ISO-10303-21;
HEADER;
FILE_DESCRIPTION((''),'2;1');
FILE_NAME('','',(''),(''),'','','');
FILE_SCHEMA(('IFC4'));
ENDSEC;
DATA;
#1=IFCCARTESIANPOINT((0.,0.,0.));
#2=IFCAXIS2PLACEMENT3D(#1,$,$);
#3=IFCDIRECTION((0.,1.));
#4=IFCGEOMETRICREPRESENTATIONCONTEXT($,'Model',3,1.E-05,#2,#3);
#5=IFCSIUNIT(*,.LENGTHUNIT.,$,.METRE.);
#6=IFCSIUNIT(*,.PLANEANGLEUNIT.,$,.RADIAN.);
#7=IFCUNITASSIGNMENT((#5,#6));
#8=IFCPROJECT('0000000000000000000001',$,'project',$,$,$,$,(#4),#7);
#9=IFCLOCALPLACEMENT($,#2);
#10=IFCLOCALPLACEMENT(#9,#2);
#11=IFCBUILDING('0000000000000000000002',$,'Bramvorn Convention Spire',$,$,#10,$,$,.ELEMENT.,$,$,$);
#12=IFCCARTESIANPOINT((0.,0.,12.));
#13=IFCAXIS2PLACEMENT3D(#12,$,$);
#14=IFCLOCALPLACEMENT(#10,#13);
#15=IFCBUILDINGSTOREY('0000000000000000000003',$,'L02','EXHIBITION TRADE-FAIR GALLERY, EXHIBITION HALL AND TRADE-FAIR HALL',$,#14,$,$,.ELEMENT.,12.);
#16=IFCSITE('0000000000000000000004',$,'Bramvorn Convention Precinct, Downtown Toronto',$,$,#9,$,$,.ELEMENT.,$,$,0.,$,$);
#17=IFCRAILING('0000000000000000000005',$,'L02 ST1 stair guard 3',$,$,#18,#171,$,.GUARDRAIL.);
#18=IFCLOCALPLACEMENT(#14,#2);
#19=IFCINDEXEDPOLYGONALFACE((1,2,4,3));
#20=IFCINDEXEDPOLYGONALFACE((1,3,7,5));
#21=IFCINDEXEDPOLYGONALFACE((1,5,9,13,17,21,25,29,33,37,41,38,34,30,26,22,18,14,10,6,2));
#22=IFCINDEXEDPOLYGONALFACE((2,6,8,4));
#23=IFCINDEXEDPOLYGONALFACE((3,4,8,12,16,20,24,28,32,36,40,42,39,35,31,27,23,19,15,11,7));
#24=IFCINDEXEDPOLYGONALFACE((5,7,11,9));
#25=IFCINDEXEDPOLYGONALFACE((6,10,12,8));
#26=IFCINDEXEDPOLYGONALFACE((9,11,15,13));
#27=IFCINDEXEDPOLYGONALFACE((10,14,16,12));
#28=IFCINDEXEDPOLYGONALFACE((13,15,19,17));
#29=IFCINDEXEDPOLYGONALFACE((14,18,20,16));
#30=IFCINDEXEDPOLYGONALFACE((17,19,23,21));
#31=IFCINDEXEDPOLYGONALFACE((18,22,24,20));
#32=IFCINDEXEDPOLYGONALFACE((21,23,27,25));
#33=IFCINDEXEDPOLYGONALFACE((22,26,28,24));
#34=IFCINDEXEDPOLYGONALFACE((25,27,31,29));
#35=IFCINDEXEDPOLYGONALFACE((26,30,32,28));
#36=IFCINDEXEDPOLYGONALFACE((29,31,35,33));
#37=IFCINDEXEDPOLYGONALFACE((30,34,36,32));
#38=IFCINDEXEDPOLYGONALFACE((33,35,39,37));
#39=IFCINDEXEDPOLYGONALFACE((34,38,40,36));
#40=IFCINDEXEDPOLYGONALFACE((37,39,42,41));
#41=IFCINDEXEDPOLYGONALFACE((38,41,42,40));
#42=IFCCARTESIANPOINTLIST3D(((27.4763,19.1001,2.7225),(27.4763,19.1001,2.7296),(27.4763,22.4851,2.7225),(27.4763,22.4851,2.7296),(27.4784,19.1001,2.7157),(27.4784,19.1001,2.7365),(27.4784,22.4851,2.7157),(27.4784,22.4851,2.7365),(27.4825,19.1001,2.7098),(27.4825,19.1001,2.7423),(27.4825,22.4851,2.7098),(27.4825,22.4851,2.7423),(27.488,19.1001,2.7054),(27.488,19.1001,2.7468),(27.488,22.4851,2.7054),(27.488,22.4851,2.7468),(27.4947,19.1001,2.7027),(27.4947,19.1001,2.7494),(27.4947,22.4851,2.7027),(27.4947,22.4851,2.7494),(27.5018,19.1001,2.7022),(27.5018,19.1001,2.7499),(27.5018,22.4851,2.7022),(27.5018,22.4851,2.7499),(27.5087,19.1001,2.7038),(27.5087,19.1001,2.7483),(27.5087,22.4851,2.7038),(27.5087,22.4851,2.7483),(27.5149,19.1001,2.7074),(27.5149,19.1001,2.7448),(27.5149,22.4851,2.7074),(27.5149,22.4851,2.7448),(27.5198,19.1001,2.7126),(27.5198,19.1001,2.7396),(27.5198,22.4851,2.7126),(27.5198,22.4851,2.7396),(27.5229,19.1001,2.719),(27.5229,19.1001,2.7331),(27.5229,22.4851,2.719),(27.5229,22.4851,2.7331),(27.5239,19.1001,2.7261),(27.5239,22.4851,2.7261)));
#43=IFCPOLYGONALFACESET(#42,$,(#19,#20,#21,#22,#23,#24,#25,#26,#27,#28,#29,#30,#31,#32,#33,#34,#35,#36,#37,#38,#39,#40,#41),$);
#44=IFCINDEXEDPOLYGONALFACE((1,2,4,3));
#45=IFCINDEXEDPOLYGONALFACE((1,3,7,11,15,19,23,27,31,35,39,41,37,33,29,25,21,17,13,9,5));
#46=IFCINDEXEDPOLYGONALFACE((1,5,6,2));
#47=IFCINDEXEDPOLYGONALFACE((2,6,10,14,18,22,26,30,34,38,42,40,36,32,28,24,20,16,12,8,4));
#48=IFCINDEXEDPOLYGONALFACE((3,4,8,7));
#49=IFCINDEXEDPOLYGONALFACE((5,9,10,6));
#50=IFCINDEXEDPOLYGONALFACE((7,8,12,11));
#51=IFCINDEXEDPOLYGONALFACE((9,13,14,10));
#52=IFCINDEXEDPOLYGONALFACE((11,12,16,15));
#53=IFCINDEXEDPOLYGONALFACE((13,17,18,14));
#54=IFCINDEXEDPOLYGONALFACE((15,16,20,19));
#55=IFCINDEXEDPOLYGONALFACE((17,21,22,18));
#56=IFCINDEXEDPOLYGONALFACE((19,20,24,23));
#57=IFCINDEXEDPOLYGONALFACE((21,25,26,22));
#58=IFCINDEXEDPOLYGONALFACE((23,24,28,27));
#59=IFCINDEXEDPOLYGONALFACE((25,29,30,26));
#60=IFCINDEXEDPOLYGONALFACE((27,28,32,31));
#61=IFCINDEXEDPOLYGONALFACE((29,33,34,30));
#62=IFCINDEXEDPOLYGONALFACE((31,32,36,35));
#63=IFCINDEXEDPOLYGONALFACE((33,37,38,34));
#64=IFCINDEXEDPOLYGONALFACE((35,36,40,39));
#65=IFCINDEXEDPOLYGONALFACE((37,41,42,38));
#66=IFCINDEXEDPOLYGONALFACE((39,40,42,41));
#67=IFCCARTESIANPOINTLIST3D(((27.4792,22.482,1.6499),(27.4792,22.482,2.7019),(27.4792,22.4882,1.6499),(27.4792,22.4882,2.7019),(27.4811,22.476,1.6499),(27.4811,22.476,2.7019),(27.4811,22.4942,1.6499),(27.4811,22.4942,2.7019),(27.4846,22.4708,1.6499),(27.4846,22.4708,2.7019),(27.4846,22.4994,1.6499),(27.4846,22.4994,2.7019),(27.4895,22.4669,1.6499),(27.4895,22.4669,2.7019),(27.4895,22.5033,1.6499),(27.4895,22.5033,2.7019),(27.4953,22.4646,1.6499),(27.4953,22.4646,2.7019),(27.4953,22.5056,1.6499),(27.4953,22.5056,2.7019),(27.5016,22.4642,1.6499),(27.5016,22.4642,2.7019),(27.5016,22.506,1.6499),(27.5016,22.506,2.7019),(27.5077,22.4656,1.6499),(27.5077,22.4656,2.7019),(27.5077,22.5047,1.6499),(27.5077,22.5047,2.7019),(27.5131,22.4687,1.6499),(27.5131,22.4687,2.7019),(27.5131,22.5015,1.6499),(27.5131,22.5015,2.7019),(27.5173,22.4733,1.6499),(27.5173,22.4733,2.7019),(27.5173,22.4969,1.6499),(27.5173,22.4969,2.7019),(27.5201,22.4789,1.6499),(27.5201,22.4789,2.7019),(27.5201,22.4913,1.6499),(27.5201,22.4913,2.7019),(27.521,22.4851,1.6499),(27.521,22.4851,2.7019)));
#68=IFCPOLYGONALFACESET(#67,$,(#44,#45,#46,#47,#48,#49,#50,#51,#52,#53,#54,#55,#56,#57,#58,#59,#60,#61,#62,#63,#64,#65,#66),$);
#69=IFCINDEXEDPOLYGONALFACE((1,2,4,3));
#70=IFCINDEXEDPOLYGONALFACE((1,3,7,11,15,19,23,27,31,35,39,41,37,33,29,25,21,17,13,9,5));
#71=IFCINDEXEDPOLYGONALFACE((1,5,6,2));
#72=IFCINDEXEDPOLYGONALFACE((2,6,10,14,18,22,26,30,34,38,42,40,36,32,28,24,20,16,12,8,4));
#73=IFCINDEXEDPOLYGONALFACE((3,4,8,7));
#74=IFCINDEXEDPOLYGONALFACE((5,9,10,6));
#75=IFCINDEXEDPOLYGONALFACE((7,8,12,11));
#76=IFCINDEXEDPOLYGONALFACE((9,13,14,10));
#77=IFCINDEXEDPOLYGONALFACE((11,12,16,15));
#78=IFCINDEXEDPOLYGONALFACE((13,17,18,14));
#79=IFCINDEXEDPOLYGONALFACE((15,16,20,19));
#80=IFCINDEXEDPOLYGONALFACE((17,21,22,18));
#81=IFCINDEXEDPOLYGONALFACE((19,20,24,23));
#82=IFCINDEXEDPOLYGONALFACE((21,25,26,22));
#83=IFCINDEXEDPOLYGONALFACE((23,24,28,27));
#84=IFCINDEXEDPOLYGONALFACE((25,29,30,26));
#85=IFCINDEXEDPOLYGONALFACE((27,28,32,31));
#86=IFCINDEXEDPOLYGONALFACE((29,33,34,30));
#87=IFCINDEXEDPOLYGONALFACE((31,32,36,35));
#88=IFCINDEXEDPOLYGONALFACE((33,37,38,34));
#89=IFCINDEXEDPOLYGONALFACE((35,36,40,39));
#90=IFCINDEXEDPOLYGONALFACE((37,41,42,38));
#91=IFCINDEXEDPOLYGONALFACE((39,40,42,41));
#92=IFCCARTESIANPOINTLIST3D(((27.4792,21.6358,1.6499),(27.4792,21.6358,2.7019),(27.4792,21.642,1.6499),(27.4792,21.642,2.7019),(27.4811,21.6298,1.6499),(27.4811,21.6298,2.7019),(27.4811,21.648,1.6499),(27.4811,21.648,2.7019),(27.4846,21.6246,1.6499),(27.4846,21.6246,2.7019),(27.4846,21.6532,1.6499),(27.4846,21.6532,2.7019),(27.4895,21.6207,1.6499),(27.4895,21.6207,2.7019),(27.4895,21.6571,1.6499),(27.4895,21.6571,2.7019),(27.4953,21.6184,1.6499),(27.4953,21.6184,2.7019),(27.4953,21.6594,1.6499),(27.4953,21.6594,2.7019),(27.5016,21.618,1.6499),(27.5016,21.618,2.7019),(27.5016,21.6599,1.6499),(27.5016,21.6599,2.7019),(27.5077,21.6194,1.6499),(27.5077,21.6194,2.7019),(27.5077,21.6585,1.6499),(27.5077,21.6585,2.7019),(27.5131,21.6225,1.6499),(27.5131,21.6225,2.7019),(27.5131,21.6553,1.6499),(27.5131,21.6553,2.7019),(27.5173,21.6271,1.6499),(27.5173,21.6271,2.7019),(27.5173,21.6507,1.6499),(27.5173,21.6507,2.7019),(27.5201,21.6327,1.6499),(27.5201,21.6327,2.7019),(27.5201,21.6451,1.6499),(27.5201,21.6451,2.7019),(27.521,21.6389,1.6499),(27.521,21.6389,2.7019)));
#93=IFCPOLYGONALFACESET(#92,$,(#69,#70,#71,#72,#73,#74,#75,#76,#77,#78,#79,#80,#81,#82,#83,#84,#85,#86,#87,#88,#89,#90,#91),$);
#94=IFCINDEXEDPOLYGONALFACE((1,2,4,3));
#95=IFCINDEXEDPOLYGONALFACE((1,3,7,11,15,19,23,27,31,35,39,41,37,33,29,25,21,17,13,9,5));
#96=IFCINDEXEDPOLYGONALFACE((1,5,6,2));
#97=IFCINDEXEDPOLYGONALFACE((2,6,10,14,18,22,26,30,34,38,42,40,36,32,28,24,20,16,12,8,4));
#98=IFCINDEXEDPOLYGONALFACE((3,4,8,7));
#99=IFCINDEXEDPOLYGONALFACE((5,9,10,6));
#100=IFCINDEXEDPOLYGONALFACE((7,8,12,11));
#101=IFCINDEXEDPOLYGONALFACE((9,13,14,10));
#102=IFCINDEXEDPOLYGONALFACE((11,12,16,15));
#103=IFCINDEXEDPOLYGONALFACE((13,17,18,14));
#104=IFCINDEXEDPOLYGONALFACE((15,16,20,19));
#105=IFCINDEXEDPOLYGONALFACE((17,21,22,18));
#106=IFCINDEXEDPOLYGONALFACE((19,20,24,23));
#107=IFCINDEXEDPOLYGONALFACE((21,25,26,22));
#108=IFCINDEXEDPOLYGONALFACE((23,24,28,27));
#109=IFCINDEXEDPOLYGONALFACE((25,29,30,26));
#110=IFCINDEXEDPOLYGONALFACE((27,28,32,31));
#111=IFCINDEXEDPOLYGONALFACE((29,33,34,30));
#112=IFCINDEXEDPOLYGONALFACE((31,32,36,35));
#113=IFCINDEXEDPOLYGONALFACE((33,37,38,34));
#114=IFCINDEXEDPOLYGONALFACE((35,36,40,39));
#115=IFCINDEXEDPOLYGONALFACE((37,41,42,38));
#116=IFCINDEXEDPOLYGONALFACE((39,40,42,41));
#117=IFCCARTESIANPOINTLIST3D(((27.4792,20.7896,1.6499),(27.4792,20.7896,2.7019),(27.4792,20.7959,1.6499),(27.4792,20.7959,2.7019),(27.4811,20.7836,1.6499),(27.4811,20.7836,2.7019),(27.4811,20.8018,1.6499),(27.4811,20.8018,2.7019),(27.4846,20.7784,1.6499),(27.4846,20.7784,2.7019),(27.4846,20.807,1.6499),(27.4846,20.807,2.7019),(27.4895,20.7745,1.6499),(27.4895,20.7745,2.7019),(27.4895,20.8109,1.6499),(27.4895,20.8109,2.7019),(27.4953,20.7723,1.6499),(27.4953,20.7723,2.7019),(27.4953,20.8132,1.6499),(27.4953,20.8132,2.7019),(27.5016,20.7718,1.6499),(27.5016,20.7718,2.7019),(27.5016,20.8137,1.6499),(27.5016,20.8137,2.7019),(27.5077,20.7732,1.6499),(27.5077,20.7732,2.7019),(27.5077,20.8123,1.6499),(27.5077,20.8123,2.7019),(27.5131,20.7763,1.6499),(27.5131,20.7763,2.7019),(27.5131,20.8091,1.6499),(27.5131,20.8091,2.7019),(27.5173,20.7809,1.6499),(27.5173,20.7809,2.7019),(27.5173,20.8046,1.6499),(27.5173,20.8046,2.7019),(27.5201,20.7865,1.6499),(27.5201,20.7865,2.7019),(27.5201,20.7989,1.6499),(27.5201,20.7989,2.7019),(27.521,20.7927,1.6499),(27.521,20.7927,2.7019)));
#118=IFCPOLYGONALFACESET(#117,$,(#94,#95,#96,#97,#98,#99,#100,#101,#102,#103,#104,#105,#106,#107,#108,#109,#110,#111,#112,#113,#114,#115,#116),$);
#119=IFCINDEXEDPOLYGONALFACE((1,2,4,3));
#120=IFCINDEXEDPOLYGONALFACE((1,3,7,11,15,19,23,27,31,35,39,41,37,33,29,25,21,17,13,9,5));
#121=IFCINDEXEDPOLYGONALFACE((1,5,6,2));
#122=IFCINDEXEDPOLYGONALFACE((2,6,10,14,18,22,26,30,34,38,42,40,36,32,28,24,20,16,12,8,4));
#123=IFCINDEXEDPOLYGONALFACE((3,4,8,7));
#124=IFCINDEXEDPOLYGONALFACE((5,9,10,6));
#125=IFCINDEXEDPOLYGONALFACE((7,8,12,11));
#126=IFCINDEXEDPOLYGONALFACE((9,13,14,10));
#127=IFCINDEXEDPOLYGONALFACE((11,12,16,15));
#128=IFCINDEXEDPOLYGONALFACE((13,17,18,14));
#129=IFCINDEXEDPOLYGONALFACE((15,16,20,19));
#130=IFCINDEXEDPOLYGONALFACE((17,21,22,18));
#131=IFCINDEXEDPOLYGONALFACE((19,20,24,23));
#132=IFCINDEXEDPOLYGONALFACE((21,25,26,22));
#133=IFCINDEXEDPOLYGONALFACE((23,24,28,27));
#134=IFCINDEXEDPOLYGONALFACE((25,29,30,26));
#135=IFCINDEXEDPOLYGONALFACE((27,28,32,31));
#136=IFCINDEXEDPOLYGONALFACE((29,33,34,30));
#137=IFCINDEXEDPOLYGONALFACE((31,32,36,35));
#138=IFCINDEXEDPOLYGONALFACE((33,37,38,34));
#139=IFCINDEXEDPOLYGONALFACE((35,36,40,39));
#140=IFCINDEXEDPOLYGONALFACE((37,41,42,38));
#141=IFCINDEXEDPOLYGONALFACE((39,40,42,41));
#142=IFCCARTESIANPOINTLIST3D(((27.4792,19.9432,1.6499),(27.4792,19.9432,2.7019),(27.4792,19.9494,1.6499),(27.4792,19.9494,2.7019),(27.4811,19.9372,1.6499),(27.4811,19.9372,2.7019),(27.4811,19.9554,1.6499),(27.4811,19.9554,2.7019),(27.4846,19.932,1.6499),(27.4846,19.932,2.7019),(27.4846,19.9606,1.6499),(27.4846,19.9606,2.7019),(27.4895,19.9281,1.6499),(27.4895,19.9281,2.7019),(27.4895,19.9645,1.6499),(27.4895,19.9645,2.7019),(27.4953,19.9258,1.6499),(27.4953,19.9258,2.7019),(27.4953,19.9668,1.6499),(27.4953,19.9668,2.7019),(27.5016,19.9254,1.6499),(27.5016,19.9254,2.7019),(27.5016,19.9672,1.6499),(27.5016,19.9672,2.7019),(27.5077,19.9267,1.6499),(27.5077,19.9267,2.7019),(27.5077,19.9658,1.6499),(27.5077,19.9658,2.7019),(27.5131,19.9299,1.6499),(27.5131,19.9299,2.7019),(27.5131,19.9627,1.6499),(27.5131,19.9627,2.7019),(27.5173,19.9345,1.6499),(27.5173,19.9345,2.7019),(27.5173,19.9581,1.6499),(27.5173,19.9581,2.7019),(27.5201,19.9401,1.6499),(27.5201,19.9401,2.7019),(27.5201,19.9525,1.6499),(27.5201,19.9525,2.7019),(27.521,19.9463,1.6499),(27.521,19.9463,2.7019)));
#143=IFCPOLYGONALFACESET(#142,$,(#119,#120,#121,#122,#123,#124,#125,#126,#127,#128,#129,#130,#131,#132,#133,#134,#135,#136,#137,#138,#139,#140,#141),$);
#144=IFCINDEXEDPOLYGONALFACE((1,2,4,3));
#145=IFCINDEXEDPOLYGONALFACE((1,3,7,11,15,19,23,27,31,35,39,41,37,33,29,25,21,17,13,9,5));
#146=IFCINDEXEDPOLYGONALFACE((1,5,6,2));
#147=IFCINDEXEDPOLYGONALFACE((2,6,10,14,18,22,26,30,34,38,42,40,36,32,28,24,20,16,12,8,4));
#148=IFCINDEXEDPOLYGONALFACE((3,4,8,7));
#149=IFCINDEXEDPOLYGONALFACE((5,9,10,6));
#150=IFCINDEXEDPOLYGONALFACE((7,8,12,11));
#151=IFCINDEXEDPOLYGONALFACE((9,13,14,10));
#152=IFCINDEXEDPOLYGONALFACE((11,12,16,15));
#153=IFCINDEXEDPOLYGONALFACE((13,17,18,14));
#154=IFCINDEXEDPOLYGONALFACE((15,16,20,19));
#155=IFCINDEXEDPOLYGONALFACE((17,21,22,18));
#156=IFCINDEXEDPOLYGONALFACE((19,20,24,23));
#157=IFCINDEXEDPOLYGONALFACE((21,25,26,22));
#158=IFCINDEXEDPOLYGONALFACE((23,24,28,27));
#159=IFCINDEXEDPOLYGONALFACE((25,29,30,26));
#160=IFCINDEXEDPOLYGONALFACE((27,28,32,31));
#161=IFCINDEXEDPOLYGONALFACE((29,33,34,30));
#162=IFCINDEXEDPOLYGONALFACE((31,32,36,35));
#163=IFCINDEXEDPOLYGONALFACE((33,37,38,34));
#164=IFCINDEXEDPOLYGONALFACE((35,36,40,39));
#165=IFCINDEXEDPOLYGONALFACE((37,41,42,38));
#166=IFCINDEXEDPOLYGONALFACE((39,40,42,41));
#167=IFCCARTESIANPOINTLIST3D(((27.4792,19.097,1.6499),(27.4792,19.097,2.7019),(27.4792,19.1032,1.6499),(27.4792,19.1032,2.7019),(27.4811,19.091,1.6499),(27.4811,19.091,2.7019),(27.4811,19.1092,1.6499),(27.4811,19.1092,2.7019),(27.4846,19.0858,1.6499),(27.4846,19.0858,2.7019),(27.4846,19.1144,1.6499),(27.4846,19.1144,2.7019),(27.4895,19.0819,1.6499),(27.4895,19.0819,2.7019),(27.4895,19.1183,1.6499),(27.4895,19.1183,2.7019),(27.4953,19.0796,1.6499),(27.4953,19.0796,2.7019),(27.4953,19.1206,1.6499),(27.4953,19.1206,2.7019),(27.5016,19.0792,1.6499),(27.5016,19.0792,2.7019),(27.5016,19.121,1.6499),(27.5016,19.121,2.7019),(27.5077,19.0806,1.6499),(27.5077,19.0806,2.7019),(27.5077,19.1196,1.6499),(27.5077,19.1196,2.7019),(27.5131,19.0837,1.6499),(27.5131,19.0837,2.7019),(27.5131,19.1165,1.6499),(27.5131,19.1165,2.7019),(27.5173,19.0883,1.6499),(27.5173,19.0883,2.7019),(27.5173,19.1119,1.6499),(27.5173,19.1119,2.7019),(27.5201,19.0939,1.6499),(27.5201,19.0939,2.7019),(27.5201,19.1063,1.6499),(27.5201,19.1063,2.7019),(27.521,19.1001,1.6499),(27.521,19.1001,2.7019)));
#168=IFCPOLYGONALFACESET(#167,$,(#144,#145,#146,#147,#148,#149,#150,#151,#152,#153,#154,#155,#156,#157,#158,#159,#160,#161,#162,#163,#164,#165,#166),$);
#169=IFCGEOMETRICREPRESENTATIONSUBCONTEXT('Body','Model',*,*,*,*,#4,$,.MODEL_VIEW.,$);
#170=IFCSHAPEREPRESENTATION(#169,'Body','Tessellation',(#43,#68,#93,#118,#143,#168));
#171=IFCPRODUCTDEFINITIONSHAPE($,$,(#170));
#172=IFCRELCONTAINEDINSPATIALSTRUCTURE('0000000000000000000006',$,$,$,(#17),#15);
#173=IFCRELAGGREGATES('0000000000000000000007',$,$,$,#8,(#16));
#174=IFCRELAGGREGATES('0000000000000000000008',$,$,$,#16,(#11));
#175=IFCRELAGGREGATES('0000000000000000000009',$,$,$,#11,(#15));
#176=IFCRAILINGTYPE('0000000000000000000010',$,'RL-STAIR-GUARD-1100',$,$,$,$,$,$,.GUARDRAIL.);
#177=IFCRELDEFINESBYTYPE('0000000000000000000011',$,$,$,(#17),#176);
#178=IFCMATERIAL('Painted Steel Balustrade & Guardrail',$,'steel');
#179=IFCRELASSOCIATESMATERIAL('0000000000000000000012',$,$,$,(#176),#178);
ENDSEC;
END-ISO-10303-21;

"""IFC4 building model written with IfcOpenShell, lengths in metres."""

from ifc_helpers import new_model, si_unit, direction, frame, origin, origin_2d, place, context, subcontext, project, spatial, circle, extrude, material, type_object, element, save


model = new_model("IFC4")

# Units and contexts
model_context = context("Model", 3, precision=1e-05, world=origin(), true_north=direction((0.0, 1.0)))
body_context = subcontext(model_context, "Body", "Model", "MODEL_VIEW")
ifc_project = project(units=[si_unit("LENGTHUNIT", "METRE"), si_unit("PLANEANGLEUNIT", "RADIAN")], contexts=[model_context])

# Site, building, storey
site_placement = place(None, origin())
site = spatial("IfcSite", under=ifc_project, at=site_placement, Name="Bramvorn Convention Precinct, Downtown Toronto", CompositionType="ELEMENT", RefElevation=0.0)
building_placement = place(site_placement, origin())
building = spatial("IfcBuilding", under=site, at=building_placement, Name="Bramvorn Convention Spire", CompositionType="ELEMENT")
storey_placement = place(building_placement, frame((0.0, 0.0, 12.0)))
storey = spatial("IfcBuildingStorey", under=building, at=storey_placement, Name="L02", Description="EXHIBITION TRADE-FAIR GALLERY, EXHIBITION HALL AND TRADE-FAIR HALL", CompositionType="ELEMENT", Elevation=12.0)

# Railing
ifc_material_1 = material(Name="Painted Steel Balustrade & Guardrail", Category="steel")
railing_type = type_object("IfcRailingType", Name="RL-STAIR-GUARD-1100", PredefinedType="GUARDRAIL", material=ifc_material_1)
railing_1_placement = place(storey_placement, frame((27.5, 22.4851, 1.6499)))
element("IfcRailing", 1, at=railing_1_placement, inside=storey, type_object=railing_type, Name="L02 ST1 stair guard 3", PredefinedType="GUARDRAIL", context=body_context, shape_type="SweptSolid", body=[
    extrude(circle(Radius=0.0239, at=origin_2d()), frame((0.0, 0.0, 1.0762), z_axis=(0.0, -1.0, 0.0), x_axis=(1.0, 0.0, 0.0)), (0.0, 0.0, 1.0), 3.385),
    extrude(circle(Radius=0.021, at=origin_2d()), origin(), (0.0, 0.0, 1.0), 1.052),
    extrude(circle(Radius=0.021, at=origin_2d()), frame((0.0, -0.8462, 0.0)), (0.0, 0.0, 1.0), 1.052),
    extrude(circle(Radius=0.021, at=origin_2d()), frame((0.0, -1.6924, 0.0)), (0.0, 0.0, 1.0), 1.052),
    extrude(circle(Radius=0.021, at=origin_2d()), frame((0.0, -2.5388, 0.0)), (0.0, 0.0, 1.0), 1.052),
    extrude(circle(Radius=0.021, at=origin_2d()), frame((0.0, -3.385, 0.0)), (0.0, 0.0, 1.0), 1.052),
])

save(model, "model.ifc")
